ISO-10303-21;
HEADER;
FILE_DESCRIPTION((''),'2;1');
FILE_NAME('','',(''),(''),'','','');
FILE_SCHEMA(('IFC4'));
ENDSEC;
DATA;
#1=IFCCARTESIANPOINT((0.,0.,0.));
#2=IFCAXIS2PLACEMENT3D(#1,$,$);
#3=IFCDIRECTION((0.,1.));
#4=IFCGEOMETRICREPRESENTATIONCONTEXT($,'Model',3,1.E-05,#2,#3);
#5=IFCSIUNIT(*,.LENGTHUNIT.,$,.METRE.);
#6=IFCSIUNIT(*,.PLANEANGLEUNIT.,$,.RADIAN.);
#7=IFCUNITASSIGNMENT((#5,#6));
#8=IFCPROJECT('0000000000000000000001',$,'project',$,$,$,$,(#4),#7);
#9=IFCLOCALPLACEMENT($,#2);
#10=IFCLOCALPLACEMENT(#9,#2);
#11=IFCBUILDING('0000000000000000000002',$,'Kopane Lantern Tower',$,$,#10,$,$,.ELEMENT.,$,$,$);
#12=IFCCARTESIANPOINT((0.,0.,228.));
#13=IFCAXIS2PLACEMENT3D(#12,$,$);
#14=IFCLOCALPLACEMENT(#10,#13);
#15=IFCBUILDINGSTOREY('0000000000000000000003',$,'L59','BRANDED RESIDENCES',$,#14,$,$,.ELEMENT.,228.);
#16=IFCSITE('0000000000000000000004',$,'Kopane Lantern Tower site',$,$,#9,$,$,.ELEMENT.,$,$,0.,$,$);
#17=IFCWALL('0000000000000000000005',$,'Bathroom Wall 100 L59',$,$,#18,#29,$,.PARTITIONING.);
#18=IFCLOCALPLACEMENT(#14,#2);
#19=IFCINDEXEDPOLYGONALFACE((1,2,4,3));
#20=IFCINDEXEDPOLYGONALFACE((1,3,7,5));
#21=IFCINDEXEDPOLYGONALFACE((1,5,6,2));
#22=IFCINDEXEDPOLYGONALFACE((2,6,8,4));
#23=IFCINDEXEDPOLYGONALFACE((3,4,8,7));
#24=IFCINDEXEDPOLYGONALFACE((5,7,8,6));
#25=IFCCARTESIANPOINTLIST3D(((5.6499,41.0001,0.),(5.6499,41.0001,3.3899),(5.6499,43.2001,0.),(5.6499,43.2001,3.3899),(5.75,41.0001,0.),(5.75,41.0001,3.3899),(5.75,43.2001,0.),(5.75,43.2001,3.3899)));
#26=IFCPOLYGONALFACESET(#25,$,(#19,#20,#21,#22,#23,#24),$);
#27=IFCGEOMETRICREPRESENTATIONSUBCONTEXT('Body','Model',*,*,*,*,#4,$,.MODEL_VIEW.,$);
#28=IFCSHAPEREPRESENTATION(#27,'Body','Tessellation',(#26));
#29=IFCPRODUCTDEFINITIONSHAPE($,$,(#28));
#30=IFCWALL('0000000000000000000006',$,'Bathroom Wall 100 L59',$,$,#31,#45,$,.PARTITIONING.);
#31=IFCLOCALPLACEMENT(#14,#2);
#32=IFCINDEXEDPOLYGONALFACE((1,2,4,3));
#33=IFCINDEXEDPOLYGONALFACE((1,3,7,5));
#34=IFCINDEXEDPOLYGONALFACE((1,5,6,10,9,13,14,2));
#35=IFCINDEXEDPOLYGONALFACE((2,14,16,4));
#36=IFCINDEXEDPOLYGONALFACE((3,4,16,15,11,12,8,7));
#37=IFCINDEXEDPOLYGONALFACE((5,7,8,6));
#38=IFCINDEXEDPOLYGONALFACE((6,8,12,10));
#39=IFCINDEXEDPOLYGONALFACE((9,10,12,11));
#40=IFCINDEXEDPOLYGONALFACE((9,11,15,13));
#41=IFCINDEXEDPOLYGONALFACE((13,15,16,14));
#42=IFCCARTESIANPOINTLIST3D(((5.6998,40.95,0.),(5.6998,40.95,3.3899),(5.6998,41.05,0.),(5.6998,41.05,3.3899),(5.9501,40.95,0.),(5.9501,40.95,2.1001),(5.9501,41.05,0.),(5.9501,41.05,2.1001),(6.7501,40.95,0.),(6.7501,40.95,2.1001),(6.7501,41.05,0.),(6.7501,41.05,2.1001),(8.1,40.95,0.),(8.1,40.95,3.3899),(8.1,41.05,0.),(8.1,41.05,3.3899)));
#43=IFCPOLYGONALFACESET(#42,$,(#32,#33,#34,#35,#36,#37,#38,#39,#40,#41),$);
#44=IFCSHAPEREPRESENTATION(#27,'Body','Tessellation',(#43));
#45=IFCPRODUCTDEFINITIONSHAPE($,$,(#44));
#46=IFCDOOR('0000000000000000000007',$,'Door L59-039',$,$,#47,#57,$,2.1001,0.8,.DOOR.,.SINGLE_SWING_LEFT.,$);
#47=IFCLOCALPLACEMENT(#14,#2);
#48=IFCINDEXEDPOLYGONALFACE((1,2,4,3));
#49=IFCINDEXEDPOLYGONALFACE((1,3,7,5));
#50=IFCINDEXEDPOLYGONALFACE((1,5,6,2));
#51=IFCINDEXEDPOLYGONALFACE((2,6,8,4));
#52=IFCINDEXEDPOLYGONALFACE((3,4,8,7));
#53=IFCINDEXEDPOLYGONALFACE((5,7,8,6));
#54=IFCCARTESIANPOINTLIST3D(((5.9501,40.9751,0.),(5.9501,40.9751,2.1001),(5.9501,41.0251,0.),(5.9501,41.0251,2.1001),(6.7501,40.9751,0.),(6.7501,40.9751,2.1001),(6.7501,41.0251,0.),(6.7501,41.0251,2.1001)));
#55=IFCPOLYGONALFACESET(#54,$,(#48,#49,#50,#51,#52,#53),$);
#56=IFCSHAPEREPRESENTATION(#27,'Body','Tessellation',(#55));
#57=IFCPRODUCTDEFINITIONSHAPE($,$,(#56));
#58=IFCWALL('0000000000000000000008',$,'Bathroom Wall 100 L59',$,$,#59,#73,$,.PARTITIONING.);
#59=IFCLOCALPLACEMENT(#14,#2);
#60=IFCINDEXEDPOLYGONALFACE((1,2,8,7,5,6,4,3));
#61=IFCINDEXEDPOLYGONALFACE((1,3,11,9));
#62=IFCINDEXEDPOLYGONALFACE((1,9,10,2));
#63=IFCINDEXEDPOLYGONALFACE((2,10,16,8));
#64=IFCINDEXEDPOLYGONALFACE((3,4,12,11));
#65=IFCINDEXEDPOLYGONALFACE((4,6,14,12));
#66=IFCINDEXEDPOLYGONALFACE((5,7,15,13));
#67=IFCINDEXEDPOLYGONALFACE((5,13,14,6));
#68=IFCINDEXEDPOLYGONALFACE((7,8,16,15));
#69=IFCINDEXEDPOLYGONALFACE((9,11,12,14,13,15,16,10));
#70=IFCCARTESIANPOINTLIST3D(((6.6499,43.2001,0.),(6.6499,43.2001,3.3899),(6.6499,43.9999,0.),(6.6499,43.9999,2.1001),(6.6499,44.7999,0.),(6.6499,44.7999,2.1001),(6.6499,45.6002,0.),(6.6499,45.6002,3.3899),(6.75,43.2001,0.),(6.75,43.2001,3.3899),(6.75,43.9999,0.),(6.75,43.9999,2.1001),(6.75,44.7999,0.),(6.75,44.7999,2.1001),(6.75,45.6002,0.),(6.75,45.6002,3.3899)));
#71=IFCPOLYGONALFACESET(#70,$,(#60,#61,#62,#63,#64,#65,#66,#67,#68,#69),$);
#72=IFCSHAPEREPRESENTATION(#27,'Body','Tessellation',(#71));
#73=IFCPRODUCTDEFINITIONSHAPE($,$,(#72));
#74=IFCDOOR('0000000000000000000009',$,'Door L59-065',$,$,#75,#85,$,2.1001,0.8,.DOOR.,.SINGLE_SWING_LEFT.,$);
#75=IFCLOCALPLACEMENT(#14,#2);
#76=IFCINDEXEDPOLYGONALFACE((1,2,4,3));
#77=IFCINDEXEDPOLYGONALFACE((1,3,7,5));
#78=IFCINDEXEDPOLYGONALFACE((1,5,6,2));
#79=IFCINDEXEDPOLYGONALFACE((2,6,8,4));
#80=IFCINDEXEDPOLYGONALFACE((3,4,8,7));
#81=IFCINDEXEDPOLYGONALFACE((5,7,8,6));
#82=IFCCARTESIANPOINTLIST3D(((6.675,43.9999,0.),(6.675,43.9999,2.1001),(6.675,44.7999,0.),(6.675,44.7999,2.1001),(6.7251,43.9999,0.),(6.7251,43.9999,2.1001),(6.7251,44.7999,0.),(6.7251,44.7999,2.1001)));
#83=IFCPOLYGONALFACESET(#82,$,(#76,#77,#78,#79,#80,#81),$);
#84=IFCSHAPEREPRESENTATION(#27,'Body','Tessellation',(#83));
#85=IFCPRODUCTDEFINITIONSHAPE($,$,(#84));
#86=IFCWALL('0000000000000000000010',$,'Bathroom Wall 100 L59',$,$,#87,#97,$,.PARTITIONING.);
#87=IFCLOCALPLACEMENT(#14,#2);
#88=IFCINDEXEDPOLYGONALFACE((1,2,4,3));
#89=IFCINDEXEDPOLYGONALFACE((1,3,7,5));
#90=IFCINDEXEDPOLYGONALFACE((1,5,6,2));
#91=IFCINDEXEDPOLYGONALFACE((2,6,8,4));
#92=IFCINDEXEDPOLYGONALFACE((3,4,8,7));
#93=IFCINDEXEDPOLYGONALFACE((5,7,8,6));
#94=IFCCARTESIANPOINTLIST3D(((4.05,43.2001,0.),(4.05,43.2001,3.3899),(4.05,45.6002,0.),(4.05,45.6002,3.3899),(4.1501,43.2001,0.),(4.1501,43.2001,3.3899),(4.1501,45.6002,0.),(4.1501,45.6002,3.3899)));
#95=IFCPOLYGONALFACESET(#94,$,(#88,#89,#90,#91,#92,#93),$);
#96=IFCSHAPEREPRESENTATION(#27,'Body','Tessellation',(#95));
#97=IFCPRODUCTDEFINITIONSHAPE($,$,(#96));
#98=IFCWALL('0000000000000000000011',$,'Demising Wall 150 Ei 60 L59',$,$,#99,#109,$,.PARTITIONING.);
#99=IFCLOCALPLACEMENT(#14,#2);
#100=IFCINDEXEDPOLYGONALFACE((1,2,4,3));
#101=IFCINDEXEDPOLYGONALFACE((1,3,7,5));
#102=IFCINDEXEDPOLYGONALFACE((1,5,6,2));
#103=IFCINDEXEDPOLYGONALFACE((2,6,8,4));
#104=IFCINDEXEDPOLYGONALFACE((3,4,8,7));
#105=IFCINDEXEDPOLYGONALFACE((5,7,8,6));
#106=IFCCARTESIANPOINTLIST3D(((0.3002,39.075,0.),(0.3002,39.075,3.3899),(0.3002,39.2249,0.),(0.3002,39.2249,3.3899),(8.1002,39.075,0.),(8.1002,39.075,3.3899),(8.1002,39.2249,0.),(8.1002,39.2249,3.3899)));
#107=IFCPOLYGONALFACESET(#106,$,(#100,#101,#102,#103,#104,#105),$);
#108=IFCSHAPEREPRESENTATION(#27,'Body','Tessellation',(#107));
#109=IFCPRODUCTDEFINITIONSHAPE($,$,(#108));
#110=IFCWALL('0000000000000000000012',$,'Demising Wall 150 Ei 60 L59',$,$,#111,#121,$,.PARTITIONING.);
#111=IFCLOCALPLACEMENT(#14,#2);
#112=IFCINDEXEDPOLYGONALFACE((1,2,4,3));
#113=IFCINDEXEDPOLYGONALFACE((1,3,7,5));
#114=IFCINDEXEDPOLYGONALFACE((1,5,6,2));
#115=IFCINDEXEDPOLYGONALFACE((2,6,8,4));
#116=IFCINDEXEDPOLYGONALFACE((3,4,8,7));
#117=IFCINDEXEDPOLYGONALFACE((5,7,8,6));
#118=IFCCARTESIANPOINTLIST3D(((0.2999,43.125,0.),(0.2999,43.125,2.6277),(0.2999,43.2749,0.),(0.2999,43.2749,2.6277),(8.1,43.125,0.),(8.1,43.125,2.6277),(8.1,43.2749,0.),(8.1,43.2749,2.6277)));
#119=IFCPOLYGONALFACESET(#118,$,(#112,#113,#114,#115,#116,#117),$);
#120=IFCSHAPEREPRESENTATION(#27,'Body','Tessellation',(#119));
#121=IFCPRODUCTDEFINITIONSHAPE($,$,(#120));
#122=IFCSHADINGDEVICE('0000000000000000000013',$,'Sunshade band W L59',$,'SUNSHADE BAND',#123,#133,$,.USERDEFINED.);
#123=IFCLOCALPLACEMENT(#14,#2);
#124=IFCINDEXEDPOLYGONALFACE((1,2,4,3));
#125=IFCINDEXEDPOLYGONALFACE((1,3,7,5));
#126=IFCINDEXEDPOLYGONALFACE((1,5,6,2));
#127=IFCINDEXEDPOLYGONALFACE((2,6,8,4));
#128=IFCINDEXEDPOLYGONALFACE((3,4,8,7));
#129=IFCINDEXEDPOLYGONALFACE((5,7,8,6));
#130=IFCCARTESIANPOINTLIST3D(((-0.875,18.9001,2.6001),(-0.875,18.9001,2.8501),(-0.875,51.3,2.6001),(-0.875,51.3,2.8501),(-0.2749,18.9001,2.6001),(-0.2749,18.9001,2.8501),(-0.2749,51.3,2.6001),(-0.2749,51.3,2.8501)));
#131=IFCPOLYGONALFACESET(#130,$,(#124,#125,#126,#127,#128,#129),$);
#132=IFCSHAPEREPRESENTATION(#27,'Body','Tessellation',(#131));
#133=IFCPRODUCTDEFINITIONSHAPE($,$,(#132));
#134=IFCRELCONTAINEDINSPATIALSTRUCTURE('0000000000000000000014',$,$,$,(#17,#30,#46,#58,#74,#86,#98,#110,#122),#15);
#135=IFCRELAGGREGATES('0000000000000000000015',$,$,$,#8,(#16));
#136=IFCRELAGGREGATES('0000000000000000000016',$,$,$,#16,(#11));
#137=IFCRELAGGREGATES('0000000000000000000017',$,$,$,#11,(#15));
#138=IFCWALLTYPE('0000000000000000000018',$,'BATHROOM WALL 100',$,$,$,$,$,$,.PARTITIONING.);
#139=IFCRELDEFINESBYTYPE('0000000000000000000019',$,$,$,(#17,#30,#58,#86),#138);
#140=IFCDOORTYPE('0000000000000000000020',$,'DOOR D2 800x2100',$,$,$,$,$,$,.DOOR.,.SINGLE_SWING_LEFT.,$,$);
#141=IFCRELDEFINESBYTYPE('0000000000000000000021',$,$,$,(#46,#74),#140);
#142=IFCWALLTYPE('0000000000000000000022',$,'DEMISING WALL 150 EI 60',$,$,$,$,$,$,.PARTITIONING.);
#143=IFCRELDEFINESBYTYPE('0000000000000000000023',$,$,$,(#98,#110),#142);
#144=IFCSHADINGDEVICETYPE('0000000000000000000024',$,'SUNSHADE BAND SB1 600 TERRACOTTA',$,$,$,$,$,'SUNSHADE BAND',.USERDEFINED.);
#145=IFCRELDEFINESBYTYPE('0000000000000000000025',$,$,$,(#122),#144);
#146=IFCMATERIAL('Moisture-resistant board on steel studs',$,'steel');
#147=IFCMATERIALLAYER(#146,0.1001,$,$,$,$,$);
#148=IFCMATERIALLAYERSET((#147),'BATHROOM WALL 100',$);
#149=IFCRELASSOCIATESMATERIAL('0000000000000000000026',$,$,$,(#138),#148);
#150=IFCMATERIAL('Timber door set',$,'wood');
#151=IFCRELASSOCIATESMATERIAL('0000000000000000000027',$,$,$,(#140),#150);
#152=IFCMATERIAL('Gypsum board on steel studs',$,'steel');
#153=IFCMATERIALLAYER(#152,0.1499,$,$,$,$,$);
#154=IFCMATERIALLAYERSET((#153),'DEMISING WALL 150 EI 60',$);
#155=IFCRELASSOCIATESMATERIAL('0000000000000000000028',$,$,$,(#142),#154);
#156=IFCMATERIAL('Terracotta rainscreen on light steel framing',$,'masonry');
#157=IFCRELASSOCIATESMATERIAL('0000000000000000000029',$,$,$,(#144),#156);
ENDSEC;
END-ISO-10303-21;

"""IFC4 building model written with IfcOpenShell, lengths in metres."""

from ifc_helpers import new_model, si_unit, direction, frame, frame_2d, origin, origin_2d, place, context, subcontext, project, spatial, rectangle, extrude, material, layer, layer_set, type_object, element, fill, save


model = new_model("IFC4")

# Units and contexts
model_context = context("Model", 3, precision=1e-05, world=origin(), true_north=direction((0.0, 1.0)))
body_context = subcontext(model_context, "Body", "Model", "MODEL_VIEW")
ifc_project = project(units=[si_unit("LENGTHUNIT", "METRE"), si_unit("PLANEANGLEUNIT", "RADIAN")], contexts=[model_context])

# Site, building, storey
site_placement = place(None, origin())
site = spatial("IfcSite", under=ifc_project, at=site_placement, Name="Kopane Lantern Tower site", CompositionType="ELEMENT", RefElevation=0.0)
building_placement = place(site_placement, origin())
building = spatial("IfcBuilding", under=site, at=building_placement, Name="Kopane Lantern Tower", CompositionType="ELEMENT")
storey_placement = place(building_placement, frame((0.0, 0.0, 228.0)))
storey = spatial("IfcBuildingStorey", under=building, at=storey_placement, Name="L59", Description="BRANDED RESIDENCES", CompositionType="ELEMENT", Elevation=228.0)

# Shared definitions
ifc_material_1 = material(Name="Moisture-resistant board on steel studs", Category="steel")
ifc_layer_1 = layer(ifc_material_1, 0.1001)
ifc_layer_set_1 = layer_set([ifc_layer_1], Name="BATHROOM WALL 100")
wall_type_1 = type_object("IfcWallType", Name="BATHROOM WALL 100", PredefinedType="PARTITIONING", material=ifc_layer_set_1)
ifc_material_2 = material(Name="Timber door set", Category="wood")
door_type = type_object("IfcDoorType", Name="DOOR D2 800x2100", OperationType="SINGLE_SWING_LEFT", PredefinedType="DOOR", material=ifc_material_2)

# Wall
wall_1_placement = place(storey_placement, frame((5.7, 41.0, 0.0), z_axis=(0.0, 0.0, 1.0), x_axis=(0.0, 1.0, 0.0)))
element("IfcWall", 1, at=wall_1_placement, inside=storey, type_object=wall_type_1, Name="Bathroom Wall 100 L59", PredefinedType="PARTITIONING", context=body_context, shape_type="SweptSolid", body=[
    extrude(rectangle(XDim=2.2, YDim=0.1001, at=frame_2d((1.1001, 0.0))), origin(), (0.0, 0.0, 1.0), 3.3899),
])

# Walls, openings, doors
wall_2_placement = place(storey_placement, frame((8.1001, 41.0, 0.0), z_axis=(0.0, 0.0, 1.0), x_axis=(-1.0, 0.0, 0.0)))
wall_2 = element("IfcWall", 2, at=wall_2_placement, inside=storey, type_object=wall_type_1, Name="Bathroom Wall 100 L59", PredefinedType="PARTITIONING", context=body_context, shape_type="SweptSolid", body=[
    extrude(rectangle(XDim=2.4001, YDim=0.1001, at=frame_2d((1.2002, 0.0))), origin(), (0.0, 0.0, 1.0), 3.3899),
])
opening_1_placement = place(wall_2_placement, frame((1.3501, 0.0, 0.0)))
opening_1 = element("IfcOpeningElement", 3, at=opening_1_placement, cuts=wall_2, PredefinedType="OPENING", context=body_context, shape_type="SweptSolid", body=[
    extrude(rectangle(XDim=0.8, YDim=2.1001, at=frame_2d((0.3999, 1.05))), frame((0.0, 0.0601, 0.0), z_axis=(0.0, -1.0, 0.0), x_axis=(1.0, 0.0, 0.0)), (0.0, 0.0, 1.0), 0.1201),
])
door_1_placement = place(opening_1_placement, origin())
door_1 = element("IfcDoor", 4, at=door_1_placement, inside=storey, type_object=door_type, Name="Door L59-039", OperationType="SINGLE_SWING_LEFT", OverallHeight=2.1001, OverallWidth=0.8, PredefinedType="DOOR", context=body_context, shape_type="SweptSolid", body=[
    extrude(rectangle(XDim=0.8, YDim=2.1001, at=frame_2d((0.3999, 1.05))), frame((0.0, 0.0249, 0.0), z_axis=(0.0, -1.0, 0.0), x_axis=(1.0, 0.0, 0.0)), (0.0, 0.0, 1.0), 0.05),
])
fill(opening_1, door_1)
wall_3_placement = place(storey_placement, frame((6.7, 43.2, 0.0), z_axis=(0.0, 0.0, 1.0), x_axis=(0.0, 1.0, 0.0)))
wall_3 = element("IfcWall", 5, at=wall_3_placement, inside=storey, type_object=wall_type_1, Name="Bathroom Wall 100 L59", PredefinedType="PARTITIONING", context=body_context, shape_type="SweptSolid", body=[
    extrude(rectangle(XDim=2.4001, YDim=0.1001, at=frame_2d((1.2002, 0.0))), origin(), (0.0, 0.0, 1.0), 3.3899),
])
opening_2_placement = place(wall_3_placement, frame((0.8, 0.0, 0.0)))
opening_2 = element("IfcOpeningElement", 6, at=opening_2_placement, cuts=wall_3, PredefinedType="OPENING", context=body_context, shape_type="SweptSolid", body=[
    extrude(rectangle(XDim=0.8, YDim=2.1001, at=frame_2d((0.3999, 1.05))), frame((0.0, 0.0601, 0.0), z_axis=(0.0, -1.0, 0.0), x_axis=(1.0, 0.0, 0.0)), (0.0, 0.0, 1.0), 0.1201),
])
door_2_placement = place(opening_2_placement, origin())
door_2 = element("IfcDoor", 7, at=door_2_placement, inside=storey, type_object=door_type, Name="Door L59-065", OperationType="SINGLE_SWING_LEFT", OverallHeight=2.1001, OverallWidth=0.8, PredefinedType="DOOR", context=body_context, shape_type="SweptSolid", body=[
    extrude(rectangle(XDim=0.8, YDim=2.1001, at=frame_2d((0.3999, 1.05))), frame((0.0, 0.0249, 0.0), z_axis=(0.0, -1.0, 0.0), x_axis=(1.0, 0.0, 0.0)), (0.0, 0.0, 1.0), 0.05),
])
fill(opening_2, door_2)

# Walls
wall_4_placement = place(storey_placement, frame((4.1001, 43.2, 0.0), z_axis=(0.0, 0.0, 1.0), x_axis=(0.0, 1.0, 0.0)))
element("IfcWall", 8, at=wall_4_placement, inside=storey, type_object=wall_type_1, Name="Bathroom Wall 100 L59", PredefinedType="PARTITIONING", context=body_context, shape_type="SweptSolid", body=[
    extrude(rectangle(XDim=2.4001, YDim=0.1001, at=frame_2d((1.2002, 0.0))), origin(), (0.0, 0.0, 1.0), 3.3899),
])
ifc_material_3 = material(Name="Gypsum board on steel studs", Category="steel")
ifc_layer_2 = layer(ifc_material_3, 0.1499)
ifc_layer_set_2 = layer_set([ifc_layer_2], Name="DEMISING WALL 150 EI 60")
wall_type_2 = type_object("IfcWallType", Name="DEMISING WALL 150 EI 60", PredefinedType="PARTITIONING", material=ifc_layer_set_2)
wall_5_placement = place(storey_placement, frame((8.1001, 39.1499, 0.0), z_axis=(0.0, 0.0, 1.0), x_axis=(-1.0, 0.0, 0.0)))
element("IfcWall", 9, at=wall_5_placement, inside=storey, type_object=wall_type_2, Name="Demising Wall 150 Ei 60 L59", PredefinedType="PARTITIONING", context=body_context, shape_type="SweptSolid", body=[
    extrude(rectangle(XDim=7.8, YDim=0.1499, at=frame_2d((3.8999, 0.0))), origin(), (0.0, 0.0, 1.0), 3.3899),
])
wall_6_placement = place(storey_placement, frame((0.3, 43.2, 0.0), z_axis=(0.0, 0.0, 1.0), x_axis=(1.0, 0.0, 0.0)))
element("IfcWall", 10, at=wall_6_placement, inside=storey, type_object=wall_type_2, Name="Demising Wall 150 Ei 60 L59", PredefinedType="PARTITIONING", context=body_context, shape_type="SweptSolid", body=[
    extrude(rectangle(XDim=7.8, YDim=0.1499, at=frame_2d((3.8999, 0.0))), origin(), (0.0, 0.0, 1.0), 2.6277),
])

# Shading device
ifc_material_4 = material(Name="Terracotta rainscreen on light steel framing", Category="masonry")
shading_device_type = type_object("IfcShadingDeviceType", Name="SUNSHADE BAND SB1 600 TERRACOTTA", ElementType="SUNSHADE BAND", PredefinedType="USERDEFINED", material=ifc_material_4)
shading_device_placement = place(storey_placement, frame((-0.575, 35.1001, 2.6001), z_axis=(0.0, 0.0, 1.0), x_axis=(0.0, -1.0, 0.0)))
element("IfcShadingDevice", 11, at=shading_device_placement, inside=storey, type_object=shading_device_type, Name="Sunshade band W L59", ObjectType="SUNSHADE BAND", PredefinedType="USERDEFINED", context=body_context, shape_type="SweptSolid", body=[
    extrude(rectangle(XDim=32.3999, YDim=0.6001, at=origin_2d()), origin(), (0.0, 0.0, 1.0), 0.25),
])

save(model, "model.ifc")
